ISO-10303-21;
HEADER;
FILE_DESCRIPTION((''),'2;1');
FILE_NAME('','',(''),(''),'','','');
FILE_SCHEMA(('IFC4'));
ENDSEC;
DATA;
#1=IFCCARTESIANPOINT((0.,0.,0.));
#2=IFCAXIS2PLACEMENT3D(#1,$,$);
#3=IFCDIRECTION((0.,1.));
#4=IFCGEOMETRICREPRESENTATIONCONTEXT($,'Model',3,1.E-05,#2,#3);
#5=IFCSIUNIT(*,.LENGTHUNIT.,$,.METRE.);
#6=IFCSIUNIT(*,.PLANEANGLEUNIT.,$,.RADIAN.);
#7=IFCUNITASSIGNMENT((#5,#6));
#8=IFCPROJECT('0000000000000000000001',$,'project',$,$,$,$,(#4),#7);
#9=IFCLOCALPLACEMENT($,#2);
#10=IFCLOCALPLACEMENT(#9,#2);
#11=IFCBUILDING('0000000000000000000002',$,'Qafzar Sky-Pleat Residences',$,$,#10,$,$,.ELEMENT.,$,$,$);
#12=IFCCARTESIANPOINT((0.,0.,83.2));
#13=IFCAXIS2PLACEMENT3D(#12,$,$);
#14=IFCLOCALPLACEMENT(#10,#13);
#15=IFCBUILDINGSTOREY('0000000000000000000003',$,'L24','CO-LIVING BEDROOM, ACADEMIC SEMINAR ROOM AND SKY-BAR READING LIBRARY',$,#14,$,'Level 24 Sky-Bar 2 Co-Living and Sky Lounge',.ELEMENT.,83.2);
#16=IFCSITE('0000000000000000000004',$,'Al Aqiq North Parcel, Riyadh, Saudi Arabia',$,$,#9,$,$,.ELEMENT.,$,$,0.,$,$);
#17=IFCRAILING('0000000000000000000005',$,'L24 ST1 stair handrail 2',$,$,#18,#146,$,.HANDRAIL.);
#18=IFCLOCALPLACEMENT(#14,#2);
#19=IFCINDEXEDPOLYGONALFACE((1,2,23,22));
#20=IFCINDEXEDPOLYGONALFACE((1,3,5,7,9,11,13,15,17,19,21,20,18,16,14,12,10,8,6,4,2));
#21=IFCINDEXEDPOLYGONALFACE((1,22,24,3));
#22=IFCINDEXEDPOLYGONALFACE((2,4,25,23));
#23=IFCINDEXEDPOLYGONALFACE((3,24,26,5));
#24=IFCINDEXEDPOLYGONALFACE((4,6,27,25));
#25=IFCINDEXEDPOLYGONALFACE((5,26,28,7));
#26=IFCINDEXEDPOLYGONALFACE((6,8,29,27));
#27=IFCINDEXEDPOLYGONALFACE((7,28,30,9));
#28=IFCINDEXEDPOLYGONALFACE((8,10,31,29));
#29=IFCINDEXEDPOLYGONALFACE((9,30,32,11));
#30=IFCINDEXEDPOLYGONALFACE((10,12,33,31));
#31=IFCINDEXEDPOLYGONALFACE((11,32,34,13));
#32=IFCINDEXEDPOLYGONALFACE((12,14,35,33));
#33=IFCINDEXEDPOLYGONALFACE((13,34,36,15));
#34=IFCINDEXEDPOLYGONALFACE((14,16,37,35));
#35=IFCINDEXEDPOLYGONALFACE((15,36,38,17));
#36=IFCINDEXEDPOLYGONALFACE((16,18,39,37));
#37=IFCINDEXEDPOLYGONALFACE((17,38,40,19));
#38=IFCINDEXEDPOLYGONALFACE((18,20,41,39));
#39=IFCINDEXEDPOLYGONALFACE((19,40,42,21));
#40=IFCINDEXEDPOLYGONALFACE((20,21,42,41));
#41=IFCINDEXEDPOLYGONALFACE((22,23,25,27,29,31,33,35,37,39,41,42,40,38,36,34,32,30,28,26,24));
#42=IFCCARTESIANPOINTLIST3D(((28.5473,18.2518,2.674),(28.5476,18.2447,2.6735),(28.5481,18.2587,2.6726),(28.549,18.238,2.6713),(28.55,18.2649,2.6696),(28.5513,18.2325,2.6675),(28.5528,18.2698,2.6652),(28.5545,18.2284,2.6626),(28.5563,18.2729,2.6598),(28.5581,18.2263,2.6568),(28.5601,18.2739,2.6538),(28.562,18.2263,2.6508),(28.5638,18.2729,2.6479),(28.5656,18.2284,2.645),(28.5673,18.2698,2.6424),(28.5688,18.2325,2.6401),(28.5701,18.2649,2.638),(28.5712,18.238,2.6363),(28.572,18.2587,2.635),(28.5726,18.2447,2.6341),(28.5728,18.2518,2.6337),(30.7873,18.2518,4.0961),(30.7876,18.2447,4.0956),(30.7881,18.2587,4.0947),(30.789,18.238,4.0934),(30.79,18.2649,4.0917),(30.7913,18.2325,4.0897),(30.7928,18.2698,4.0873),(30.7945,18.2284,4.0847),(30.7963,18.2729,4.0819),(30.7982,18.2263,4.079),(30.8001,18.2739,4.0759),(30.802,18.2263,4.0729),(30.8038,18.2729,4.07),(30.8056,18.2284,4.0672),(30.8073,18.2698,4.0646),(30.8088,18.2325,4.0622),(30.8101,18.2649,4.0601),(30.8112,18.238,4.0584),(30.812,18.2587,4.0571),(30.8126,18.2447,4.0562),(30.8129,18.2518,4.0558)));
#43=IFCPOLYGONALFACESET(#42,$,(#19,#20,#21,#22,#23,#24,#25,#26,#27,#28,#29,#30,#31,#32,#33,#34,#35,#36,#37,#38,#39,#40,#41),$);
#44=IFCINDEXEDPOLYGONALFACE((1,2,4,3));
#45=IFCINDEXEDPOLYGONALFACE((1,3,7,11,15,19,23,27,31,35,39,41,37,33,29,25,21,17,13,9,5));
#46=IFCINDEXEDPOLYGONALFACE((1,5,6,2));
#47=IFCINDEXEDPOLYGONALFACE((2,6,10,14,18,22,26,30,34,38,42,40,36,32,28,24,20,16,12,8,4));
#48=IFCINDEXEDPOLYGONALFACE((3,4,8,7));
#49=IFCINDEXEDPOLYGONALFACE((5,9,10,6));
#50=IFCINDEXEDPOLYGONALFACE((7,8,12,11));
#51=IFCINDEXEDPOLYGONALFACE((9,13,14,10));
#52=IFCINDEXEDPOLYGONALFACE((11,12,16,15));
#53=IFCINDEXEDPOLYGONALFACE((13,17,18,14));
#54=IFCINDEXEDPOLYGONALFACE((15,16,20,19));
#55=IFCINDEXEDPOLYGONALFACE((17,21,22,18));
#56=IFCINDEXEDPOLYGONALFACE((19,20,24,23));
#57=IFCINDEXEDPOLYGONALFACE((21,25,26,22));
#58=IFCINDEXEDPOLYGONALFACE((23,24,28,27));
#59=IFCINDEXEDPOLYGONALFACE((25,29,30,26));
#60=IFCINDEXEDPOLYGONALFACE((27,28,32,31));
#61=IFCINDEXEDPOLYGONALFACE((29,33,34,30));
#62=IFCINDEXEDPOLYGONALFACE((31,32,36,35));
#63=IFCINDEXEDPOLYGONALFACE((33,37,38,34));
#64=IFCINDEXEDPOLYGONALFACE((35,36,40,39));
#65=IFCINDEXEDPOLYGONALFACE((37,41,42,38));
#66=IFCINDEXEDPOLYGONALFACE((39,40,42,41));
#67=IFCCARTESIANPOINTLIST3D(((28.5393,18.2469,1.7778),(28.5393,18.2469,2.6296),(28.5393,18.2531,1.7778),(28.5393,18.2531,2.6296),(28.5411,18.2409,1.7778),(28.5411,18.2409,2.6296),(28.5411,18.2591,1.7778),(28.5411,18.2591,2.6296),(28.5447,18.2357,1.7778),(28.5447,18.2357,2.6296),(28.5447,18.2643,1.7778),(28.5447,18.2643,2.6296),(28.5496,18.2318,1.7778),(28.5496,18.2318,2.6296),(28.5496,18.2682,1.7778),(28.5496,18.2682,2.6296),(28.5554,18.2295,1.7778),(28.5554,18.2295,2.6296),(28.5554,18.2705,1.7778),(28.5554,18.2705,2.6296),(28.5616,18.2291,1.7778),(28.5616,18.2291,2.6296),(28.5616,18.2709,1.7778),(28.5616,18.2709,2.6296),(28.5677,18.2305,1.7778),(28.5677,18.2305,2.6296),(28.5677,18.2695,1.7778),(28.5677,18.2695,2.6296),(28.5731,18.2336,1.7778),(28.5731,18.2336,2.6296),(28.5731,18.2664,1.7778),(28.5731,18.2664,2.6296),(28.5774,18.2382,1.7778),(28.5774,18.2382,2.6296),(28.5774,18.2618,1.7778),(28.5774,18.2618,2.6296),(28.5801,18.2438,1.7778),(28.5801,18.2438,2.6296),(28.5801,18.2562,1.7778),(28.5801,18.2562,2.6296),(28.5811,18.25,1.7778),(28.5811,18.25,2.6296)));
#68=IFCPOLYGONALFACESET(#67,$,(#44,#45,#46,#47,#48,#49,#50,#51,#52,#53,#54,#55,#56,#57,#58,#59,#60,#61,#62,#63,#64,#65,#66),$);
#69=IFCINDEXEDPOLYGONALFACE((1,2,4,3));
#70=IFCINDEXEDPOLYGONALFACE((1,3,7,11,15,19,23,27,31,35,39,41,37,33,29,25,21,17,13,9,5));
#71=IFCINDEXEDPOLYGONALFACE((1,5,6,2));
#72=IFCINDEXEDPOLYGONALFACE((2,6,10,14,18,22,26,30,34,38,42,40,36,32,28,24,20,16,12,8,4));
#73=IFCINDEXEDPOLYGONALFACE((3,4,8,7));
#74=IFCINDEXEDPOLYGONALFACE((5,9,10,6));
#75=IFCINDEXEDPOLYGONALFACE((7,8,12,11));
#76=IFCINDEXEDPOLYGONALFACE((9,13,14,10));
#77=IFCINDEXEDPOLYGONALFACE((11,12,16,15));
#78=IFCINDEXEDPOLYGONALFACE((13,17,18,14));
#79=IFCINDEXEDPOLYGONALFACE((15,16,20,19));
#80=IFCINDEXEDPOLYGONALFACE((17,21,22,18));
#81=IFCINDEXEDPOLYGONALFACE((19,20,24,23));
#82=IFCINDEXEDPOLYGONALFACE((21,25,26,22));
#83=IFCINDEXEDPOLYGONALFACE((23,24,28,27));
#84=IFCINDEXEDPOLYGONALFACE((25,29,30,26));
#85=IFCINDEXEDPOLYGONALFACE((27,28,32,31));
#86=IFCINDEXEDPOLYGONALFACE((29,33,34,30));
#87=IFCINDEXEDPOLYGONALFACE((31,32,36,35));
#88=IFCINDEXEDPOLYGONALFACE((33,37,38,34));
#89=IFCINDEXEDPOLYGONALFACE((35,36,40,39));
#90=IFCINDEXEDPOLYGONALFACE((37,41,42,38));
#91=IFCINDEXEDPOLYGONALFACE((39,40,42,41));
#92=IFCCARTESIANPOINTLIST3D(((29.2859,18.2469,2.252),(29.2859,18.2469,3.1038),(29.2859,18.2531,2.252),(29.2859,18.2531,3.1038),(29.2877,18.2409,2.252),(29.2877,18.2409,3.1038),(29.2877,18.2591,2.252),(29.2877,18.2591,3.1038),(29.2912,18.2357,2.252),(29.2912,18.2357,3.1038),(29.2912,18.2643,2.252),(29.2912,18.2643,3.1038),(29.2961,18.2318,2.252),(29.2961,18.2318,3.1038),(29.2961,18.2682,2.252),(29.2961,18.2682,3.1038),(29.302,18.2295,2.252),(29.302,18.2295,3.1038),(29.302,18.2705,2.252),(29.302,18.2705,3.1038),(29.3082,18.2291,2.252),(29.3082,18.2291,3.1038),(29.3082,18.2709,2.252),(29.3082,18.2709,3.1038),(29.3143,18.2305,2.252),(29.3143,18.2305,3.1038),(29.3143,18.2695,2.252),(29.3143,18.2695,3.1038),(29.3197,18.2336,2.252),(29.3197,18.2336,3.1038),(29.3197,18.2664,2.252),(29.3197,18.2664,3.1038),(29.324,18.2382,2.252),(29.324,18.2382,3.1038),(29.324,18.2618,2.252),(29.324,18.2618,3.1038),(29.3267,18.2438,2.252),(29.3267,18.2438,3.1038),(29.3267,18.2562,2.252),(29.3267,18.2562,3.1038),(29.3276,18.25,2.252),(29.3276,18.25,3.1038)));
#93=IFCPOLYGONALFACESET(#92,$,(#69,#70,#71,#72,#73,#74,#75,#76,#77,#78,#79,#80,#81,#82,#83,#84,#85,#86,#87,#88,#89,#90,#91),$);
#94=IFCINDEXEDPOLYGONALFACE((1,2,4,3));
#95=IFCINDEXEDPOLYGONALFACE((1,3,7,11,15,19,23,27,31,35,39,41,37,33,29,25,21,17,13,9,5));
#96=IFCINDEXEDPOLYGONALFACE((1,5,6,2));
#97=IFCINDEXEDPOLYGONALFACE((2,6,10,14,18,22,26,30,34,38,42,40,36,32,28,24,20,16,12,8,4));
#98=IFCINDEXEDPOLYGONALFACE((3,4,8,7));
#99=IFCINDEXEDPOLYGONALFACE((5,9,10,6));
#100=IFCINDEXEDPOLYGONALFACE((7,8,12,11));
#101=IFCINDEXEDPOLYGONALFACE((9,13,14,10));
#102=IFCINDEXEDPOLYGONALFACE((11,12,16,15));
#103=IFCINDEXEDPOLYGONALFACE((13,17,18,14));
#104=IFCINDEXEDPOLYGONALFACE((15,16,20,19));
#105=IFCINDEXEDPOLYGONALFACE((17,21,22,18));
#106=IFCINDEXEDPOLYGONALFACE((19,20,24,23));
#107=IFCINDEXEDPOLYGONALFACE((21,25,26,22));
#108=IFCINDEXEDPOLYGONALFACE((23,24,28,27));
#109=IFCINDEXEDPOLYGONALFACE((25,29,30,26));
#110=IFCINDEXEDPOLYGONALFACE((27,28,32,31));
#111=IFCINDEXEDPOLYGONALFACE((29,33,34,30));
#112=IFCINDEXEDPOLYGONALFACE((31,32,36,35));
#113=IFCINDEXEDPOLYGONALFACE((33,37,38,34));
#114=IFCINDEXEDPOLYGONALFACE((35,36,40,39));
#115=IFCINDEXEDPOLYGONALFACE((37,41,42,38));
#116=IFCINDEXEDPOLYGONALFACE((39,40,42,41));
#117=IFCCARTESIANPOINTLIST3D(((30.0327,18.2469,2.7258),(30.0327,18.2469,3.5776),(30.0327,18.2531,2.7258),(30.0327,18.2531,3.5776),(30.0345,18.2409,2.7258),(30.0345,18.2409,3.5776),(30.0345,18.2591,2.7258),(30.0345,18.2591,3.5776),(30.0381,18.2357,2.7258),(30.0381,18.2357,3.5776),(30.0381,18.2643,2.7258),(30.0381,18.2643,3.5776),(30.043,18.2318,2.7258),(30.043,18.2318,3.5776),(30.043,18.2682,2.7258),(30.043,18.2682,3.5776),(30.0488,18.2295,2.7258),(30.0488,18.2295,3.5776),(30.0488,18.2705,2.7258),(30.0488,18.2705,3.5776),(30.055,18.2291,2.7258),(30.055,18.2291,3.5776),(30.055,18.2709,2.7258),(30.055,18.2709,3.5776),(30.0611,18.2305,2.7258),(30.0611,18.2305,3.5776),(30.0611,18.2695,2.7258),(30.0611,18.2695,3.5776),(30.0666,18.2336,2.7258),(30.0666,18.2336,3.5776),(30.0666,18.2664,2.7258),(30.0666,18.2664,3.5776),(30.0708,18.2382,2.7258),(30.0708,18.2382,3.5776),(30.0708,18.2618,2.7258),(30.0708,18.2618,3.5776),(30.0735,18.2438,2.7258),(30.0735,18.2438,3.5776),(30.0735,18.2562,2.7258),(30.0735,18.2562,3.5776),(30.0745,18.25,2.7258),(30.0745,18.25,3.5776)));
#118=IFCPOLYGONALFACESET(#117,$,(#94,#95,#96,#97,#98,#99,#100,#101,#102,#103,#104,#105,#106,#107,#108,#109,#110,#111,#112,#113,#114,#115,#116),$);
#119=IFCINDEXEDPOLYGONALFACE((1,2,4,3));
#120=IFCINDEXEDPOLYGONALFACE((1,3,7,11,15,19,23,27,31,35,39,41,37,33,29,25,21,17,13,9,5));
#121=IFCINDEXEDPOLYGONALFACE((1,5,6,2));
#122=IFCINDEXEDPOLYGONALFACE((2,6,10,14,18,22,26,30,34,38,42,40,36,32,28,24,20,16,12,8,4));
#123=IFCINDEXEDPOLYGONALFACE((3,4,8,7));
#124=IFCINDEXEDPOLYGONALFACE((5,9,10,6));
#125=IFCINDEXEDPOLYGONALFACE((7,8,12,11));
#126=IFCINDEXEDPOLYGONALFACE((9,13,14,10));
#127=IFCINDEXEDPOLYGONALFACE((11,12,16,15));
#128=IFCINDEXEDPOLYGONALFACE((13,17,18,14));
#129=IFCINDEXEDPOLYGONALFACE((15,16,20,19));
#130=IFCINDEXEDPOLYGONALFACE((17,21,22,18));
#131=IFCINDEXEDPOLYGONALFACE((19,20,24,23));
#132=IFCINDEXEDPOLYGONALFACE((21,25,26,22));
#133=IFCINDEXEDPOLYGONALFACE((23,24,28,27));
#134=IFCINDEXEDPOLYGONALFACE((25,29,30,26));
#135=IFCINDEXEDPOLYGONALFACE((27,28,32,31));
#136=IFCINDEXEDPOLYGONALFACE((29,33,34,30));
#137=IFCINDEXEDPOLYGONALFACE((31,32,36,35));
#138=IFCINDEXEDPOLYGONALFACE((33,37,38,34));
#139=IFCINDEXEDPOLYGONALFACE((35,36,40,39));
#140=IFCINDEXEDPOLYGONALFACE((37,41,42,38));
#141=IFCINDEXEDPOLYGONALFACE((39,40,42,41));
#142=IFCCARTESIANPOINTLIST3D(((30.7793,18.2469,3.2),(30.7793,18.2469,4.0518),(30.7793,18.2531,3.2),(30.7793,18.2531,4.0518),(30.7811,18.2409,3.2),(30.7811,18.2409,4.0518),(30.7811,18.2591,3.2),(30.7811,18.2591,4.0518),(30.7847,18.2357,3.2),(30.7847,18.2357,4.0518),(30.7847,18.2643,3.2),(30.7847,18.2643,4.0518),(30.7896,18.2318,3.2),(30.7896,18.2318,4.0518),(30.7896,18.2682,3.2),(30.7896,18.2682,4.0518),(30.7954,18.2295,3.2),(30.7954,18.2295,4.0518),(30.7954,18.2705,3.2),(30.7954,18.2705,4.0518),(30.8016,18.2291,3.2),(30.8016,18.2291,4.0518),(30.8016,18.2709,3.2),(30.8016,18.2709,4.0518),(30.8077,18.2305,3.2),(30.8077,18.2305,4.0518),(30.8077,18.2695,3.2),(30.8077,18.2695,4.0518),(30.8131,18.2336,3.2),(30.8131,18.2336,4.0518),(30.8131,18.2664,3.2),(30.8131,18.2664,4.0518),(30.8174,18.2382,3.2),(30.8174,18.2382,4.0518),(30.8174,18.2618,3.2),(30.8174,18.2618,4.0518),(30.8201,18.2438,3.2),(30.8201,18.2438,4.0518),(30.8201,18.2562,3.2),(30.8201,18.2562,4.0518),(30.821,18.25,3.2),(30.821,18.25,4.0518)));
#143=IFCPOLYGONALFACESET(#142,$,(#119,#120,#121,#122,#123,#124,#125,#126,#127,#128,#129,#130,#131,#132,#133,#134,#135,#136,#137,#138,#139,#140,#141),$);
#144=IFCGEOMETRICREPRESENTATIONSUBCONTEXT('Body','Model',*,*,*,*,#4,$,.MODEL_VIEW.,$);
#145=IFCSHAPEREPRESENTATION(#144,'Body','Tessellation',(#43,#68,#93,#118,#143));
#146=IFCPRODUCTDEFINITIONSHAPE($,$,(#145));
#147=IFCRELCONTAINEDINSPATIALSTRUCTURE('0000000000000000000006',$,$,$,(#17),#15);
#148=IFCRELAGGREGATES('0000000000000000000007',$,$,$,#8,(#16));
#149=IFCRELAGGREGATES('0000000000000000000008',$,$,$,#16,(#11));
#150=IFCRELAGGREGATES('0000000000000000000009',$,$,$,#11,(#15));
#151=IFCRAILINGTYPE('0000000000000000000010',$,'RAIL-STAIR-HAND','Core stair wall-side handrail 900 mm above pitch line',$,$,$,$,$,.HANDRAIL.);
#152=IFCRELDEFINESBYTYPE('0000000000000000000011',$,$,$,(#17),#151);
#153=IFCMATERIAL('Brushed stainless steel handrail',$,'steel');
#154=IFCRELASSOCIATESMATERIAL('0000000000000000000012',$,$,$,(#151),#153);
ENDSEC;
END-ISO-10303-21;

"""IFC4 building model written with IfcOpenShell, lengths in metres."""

from ifc_helpers import new_model, si_unit, direction, frame, origin, origin_2d, place, context, subcontext, project, spatial, circle, extrude, source, transform, mapped, material, type_object, element, save


model = new_model("IFC4")

# Units and contexts
model_context = context("Model", 3, precision=1e-05, world=origin(), true_north=direction((0.0, 1.0)))
body_context = subcontext(model_context, "Body", "Model", "MODEL_VIEW")
ifc_project = project(units=[si_unit("LENGTHUNIT", "METRE"), si_unit("PLANEANGLEUNIT", "RADIAN")], contexts=[model_context])

# Site, building, storey
site_placement = place(None, origin())
site = spatial("IfcSite", under=ifc_project, at=site_placement, Name="Al Aqiq North Parcel, Riyadh, Saudi Arabia", CompositionType="ELEMENT", RefElevation=0.0)
building_placement = place(site_placement, origin())
building = spatial("IfcBuilding", under=site, at=building_placement, Name="Qafzar Sky-Pleat Residences", CompositionType="ELEMENT")
storey_placement = place(building_placement, frame((0.0, 0.0, 83.2)))
storey = spatial("IfcBuildingStorey", under=building, at=storey_placement, Name="L24", Description="CO-LIVING BEDROOM, ACADEMIC SEMINAR ROOM AND SKY-BAR READING LIBRARY", LongName="Level 24 Sky-Bar 2 Co-Living and Sky Lounge", CompositionType="ELEMENT", Elevation=83.2)

# Railing
ifc_material_1 = material(Name="Brushed stainless steel handrail", Category="steel")
railing_type_1 = type_object("IfcRailingType", Name="RAIL-STAIR-HAND", Description="Core stair wall-side handrail 900 mm above pitch line", PredefinedType="HANDRAIL", material=ifc_material_1)
shared_shape_1 = source(origin(), body_context, "Body", "SweptSolid", [
    extrude(circle(Radius=0.0239, at=origin_2d()), frame((0.0, 0.0, 0.876), z_axis=(0.844229, 0.0, 0.535982), x_axis=(0.0, 1.0, 0.0)), (0.0, 0.0, 1.0), 2.6533),
    extrude(circle(Radius=0.021, at=origin_2d()), origin(), (0.0, 0.0, 1.0), 0.8518),
    extrude(circle(Radius=0.021, at=origin_2d()), frame((0.7466, 0.0, 0.4741)), (0.0, 0.0, 1.0), 0.8518),
    extrude(circle(Radius=0.021, at=origin_2d()), frame((1.4934, 0.0, 0.948)), (0.0, 0.0, 1.0), 0.8518),
    extrude(circle(Radius=0.021, at=origin_2d()), frame((2.24, 0.0, 1.4221)), (0.0, 0.0, 1.0), 0.8518),
])
railing_1_placement = place(storey_placement, frame((28.5601, 18.25, 1.7778)))
element("IfcRailing", 1, at=railing_1_placement, inside=storey, type_object=railing_type_1, Name="L24 ST1 stair handrail 2", PredefinedType="HANDRAIL", context=body_context, shape_type="MappedRepresentation", body=[
    mapped(shared_shape_1, transform((0.0, 0.0, 0.0), x_axis=(1.0, 0.0, 0.0), y_axis=(0.0, 1.0, 0.0), z_axis=(0.0, 0.0, 1.0), scale=1.0)),
])

save(model, "model.ifc")
